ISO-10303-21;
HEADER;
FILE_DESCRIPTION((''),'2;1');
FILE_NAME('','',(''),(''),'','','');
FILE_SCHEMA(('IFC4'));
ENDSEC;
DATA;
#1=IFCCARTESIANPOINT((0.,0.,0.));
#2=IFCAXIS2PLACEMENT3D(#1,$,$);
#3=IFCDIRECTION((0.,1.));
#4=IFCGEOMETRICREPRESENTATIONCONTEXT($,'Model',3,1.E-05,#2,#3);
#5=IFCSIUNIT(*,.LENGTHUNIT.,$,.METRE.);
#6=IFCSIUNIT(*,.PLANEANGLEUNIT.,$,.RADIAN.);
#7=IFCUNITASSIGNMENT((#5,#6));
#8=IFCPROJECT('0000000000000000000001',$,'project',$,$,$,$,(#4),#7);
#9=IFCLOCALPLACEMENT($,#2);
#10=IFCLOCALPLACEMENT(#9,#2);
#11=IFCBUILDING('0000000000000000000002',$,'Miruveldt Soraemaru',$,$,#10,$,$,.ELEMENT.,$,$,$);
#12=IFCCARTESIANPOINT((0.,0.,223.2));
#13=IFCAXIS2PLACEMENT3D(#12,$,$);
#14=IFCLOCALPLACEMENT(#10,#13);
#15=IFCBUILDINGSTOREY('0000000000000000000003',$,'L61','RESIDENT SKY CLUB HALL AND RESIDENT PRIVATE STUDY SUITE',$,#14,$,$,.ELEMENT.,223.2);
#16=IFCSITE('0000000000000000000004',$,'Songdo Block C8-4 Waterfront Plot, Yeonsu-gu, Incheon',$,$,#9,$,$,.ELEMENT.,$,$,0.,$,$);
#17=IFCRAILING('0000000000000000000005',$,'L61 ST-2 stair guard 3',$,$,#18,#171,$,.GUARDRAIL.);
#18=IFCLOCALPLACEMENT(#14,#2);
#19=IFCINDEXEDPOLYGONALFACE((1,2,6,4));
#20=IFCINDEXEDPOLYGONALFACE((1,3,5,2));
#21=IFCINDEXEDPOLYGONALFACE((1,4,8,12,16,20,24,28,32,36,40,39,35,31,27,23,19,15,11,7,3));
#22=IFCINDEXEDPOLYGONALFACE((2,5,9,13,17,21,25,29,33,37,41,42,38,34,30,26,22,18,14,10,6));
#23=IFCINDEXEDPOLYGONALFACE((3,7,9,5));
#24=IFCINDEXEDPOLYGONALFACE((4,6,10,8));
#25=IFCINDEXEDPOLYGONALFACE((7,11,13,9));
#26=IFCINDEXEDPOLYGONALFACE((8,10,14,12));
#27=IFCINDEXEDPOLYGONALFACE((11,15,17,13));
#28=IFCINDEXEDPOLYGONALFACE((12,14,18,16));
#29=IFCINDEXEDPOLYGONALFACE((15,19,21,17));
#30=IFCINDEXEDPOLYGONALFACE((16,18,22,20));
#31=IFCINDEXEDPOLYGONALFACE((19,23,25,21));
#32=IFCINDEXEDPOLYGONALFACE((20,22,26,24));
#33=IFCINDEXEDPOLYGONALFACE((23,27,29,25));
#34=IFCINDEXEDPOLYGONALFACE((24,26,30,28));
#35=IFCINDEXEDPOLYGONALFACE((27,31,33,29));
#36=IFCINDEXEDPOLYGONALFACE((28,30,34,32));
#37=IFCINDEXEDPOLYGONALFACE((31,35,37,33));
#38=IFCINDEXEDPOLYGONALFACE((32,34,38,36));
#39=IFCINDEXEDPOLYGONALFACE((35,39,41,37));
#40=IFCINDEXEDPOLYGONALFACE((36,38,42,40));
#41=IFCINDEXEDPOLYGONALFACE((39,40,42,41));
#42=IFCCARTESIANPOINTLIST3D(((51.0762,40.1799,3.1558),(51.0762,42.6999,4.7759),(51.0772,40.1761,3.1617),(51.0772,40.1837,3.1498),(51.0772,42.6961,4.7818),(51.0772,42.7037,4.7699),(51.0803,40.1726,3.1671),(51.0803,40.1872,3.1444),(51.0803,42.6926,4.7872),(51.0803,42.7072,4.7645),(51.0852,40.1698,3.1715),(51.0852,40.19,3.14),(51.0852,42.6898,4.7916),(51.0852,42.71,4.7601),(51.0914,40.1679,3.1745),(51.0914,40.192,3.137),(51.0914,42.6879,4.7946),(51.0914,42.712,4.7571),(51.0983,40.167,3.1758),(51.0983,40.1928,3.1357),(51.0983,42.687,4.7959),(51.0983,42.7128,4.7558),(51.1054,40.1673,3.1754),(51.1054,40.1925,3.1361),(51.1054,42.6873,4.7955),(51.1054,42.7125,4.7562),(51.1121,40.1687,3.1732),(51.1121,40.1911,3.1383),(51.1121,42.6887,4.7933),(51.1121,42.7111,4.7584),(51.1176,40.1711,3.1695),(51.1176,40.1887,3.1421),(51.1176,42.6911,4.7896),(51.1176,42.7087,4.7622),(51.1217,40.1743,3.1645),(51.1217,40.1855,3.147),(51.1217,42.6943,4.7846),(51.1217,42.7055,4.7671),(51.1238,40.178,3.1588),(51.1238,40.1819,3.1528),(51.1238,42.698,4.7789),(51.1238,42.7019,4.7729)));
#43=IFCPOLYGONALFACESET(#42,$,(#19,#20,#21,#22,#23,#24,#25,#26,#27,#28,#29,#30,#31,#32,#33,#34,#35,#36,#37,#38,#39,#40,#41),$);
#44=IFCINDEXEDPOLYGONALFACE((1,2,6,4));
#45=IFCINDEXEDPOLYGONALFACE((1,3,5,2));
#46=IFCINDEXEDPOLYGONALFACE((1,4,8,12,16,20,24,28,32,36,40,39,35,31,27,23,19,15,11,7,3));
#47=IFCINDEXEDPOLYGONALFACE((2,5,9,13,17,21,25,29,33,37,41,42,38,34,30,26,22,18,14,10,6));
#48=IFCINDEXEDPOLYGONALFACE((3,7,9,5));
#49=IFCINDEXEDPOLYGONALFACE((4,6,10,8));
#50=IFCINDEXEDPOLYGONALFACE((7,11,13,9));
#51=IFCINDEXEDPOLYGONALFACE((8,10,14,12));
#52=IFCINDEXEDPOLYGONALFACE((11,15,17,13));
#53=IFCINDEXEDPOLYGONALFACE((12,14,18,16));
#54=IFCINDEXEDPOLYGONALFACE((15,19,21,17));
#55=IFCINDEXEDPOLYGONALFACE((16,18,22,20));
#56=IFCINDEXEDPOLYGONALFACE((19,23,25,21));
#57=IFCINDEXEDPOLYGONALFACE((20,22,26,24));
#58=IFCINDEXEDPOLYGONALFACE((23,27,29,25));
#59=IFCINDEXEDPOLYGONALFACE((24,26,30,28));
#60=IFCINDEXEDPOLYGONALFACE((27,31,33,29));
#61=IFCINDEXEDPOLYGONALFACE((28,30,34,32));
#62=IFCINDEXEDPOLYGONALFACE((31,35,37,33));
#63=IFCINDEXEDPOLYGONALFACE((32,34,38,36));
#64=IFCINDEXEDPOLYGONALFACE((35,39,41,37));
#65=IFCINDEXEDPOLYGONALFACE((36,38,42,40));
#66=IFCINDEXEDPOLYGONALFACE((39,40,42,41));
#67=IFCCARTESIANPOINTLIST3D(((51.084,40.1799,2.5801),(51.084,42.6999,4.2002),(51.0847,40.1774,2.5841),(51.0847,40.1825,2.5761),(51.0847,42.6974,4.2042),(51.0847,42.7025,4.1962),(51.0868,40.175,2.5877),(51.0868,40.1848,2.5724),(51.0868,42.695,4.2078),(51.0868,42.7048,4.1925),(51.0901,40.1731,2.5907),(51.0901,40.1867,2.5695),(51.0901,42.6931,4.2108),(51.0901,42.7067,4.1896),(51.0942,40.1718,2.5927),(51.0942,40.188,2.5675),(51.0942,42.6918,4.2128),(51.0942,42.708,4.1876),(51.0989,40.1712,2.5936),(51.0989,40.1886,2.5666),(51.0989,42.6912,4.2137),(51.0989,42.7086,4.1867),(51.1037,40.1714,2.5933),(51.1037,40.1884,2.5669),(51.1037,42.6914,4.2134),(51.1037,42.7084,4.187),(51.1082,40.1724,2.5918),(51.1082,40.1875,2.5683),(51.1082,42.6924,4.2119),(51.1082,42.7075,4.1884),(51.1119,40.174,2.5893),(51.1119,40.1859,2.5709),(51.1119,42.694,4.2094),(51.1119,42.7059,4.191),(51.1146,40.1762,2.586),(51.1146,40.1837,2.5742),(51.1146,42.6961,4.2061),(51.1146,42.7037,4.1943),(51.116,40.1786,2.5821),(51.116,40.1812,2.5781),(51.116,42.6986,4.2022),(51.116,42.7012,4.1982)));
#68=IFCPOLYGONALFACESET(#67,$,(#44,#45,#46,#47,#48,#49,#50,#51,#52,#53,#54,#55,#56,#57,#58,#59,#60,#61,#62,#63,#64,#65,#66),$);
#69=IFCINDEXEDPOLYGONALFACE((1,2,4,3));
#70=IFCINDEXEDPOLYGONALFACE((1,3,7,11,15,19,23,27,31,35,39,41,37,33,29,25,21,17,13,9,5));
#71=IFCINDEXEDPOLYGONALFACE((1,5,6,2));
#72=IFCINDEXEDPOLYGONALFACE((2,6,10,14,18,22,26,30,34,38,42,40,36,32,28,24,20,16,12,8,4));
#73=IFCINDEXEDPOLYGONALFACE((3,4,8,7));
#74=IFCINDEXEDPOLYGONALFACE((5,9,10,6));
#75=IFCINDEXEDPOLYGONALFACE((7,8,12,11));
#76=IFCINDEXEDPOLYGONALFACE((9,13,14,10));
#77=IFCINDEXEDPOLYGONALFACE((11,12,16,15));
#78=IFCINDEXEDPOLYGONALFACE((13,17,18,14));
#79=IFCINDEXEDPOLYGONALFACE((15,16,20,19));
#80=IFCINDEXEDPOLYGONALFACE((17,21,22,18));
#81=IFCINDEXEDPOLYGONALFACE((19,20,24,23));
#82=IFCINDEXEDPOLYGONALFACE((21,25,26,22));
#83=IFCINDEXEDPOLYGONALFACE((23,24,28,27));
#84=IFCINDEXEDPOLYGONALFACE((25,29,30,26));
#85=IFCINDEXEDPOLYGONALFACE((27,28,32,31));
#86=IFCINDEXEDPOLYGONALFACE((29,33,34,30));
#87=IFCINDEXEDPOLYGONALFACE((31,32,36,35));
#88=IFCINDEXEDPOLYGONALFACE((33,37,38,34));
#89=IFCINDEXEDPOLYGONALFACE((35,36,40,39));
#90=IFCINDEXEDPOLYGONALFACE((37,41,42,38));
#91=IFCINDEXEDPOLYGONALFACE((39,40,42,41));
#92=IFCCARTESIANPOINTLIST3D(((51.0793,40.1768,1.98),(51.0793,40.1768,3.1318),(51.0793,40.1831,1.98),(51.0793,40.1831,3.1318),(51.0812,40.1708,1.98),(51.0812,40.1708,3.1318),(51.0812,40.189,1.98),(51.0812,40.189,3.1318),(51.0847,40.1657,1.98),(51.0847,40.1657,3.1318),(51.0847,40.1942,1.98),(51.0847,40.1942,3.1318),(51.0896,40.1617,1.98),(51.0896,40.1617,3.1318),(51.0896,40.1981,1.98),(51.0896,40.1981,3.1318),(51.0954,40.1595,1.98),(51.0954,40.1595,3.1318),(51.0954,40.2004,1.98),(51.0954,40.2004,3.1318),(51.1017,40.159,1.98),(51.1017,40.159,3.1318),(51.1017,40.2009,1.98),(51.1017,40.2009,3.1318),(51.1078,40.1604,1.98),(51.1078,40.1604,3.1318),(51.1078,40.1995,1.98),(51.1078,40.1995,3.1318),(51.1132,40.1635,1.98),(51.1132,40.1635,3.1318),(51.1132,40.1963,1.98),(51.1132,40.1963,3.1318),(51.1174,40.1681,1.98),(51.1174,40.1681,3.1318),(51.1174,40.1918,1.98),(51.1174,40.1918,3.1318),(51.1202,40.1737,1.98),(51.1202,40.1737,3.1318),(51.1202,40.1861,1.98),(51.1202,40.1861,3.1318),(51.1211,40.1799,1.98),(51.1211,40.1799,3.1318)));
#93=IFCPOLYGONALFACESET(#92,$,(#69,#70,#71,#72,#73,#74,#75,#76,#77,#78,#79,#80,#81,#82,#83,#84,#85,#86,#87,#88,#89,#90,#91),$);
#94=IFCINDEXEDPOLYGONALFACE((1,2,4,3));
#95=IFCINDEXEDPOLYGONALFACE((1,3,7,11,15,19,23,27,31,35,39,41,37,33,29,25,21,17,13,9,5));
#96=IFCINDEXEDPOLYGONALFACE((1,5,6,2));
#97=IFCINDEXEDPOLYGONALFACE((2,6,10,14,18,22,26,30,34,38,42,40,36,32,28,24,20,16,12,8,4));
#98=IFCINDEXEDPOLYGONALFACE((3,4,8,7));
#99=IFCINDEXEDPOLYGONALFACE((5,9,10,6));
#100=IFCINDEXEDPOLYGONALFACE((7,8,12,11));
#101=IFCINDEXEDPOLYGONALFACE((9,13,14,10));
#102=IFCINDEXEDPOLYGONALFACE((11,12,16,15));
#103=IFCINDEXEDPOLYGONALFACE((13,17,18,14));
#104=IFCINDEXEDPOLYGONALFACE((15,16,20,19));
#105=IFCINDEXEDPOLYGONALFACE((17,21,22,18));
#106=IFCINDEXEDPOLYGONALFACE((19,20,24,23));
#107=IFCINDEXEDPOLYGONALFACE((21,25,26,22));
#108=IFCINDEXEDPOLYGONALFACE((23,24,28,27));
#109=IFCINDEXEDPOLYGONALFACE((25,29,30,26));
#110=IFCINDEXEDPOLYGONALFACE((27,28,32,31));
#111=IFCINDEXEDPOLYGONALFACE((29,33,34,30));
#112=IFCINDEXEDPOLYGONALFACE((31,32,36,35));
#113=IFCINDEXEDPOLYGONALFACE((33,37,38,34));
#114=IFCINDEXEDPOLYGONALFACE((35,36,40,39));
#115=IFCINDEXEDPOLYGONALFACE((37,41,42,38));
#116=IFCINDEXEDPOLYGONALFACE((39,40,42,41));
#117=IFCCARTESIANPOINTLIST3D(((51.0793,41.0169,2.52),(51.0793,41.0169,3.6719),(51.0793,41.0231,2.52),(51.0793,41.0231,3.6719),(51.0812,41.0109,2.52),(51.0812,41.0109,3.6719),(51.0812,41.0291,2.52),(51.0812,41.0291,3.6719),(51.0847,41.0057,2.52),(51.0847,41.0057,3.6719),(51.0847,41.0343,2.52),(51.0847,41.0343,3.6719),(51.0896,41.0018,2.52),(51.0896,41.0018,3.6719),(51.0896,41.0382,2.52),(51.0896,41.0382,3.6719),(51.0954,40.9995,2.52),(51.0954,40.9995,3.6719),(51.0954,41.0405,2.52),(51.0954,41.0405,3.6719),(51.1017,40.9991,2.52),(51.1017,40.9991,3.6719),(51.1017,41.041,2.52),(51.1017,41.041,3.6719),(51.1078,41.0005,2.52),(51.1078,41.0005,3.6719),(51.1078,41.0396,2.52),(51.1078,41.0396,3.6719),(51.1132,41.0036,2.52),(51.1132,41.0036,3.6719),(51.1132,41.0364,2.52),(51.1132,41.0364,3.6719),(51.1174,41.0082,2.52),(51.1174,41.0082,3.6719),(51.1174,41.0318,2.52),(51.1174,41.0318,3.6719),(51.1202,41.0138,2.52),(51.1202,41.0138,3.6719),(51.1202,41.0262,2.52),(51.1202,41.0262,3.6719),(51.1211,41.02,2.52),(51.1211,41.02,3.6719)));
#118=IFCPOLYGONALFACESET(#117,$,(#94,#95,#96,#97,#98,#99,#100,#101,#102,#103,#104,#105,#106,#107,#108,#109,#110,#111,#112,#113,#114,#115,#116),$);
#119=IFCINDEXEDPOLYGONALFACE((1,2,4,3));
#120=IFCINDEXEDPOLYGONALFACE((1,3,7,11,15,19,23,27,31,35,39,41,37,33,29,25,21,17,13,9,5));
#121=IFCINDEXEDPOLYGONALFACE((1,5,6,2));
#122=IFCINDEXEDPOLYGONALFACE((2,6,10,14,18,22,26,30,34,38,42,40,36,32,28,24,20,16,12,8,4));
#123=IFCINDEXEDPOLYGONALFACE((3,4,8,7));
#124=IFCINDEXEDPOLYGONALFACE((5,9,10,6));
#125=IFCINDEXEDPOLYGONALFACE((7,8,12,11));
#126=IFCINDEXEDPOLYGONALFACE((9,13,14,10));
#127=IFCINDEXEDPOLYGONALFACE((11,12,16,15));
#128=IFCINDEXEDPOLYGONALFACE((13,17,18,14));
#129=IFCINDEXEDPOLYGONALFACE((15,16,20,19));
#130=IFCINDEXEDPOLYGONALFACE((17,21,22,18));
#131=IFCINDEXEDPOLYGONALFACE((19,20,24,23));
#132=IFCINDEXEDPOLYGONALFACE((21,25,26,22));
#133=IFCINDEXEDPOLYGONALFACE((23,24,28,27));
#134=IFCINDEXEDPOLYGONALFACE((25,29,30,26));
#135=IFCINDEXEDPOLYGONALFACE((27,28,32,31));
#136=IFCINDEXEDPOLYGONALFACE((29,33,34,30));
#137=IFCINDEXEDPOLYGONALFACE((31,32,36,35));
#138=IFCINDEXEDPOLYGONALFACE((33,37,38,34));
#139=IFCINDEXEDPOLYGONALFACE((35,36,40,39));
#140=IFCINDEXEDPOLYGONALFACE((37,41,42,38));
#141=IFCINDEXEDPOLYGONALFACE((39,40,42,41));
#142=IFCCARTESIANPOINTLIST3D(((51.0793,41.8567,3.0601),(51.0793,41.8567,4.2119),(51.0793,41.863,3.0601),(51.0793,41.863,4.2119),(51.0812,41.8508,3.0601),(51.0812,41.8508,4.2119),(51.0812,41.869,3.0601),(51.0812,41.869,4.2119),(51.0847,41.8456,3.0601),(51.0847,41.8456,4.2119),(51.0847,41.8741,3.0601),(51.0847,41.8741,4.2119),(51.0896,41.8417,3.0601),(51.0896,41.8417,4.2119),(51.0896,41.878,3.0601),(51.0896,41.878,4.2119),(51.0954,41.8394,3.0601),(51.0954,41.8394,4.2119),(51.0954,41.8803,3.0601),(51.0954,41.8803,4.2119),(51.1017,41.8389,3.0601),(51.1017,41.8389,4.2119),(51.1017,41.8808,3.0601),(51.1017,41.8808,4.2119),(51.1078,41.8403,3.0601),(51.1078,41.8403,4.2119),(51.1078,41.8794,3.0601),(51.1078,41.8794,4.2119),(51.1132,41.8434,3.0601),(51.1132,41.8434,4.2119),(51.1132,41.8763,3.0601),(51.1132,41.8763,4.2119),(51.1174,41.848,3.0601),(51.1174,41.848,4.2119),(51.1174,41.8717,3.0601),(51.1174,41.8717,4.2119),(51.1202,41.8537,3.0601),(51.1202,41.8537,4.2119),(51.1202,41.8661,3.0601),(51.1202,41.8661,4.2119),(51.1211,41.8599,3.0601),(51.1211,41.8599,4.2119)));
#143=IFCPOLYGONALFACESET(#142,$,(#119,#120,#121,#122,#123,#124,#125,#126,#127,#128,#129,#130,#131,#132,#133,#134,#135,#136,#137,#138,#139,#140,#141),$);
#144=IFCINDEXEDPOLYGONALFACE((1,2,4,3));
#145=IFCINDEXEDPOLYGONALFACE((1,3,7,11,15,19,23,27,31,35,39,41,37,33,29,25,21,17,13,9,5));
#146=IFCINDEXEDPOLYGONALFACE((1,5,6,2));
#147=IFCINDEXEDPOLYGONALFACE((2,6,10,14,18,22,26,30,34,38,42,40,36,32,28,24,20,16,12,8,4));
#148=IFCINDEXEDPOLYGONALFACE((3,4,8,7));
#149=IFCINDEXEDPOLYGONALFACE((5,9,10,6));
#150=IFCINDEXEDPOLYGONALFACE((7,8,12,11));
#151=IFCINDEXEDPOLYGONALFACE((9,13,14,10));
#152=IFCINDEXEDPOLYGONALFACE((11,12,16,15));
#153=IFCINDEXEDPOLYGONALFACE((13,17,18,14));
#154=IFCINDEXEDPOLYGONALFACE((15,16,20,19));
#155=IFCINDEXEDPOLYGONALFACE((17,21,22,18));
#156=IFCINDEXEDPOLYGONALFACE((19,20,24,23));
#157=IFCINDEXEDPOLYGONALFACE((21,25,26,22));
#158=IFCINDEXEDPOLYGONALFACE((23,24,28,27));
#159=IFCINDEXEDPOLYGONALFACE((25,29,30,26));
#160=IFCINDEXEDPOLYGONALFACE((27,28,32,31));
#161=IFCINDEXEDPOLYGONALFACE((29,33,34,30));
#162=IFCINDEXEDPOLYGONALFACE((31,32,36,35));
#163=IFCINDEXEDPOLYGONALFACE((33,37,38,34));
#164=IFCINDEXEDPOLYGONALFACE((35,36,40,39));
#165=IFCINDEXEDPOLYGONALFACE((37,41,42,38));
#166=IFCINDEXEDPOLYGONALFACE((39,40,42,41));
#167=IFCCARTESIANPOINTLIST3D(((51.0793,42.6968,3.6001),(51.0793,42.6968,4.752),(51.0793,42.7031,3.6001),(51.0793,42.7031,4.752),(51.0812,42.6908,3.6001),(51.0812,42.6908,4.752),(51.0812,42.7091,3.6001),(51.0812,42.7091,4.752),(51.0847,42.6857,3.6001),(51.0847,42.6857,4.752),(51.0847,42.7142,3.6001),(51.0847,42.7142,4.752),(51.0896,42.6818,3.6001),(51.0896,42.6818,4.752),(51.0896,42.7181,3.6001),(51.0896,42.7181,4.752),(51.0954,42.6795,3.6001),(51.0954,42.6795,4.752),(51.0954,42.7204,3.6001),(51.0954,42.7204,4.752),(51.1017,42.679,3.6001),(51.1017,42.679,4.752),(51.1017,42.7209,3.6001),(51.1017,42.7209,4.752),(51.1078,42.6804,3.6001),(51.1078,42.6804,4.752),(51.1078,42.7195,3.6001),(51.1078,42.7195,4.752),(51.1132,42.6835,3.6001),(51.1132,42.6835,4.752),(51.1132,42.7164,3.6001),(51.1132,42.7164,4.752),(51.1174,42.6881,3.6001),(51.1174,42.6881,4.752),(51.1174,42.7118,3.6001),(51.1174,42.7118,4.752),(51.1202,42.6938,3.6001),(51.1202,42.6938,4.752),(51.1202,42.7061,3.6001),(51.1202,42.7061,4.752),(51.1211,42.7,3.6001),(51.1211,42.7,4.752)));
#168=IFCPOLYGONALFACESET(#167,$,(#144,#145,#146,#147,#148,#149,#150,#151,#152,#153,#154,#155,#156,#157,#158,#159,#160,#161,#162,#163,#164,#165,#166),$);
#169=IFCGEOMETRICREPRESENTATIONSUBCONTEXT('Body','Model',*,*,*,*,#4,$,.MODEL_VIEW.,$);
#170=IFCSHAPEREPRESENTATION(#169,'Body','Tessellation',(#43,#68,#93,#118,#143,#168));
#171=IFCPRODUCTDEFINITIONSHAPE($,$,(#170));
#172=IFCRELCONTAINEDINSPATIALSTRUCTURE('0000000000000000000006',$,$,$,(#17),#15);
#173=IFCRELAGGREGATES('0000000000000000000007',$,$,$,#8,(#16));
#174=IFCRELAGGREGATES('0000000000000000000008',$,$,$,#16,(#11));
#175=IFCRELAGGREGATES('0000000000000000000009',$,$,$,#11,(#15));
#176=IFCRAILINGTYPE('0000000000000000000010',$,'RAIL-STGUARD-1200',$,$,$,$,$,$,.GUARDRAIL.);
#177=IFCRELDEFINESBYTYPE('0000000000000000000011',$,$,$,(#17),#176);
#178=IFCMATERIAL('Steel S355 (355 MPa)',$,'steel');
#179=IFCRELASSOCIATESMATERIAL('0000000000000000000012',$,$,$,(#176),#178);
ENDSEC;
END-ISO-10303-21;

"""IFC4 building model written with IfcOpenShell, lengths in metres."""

from ifc_helpers import new_model, si_unit, direction, frame, origin, origin_2d, place, context, subcontext, project, spatial, circle, extrude, material, type_object, element, save


model = new_model("IFC4")

# Units and contexts
model_context = context("Model", 3, precision=1e-05, world=origin(), true_north=direction((0.0, 1.0)))
body_context = subcontext(model_context, "Body", "Model", "MODEL_VIEW")
ifc_project = project(units=[si_unit("LENGTHUNIT", "METRE"), si_unit("PLANEANGLEUNIT", "RADIAN")], contexts=[model_context])

# Site, building, storey
site_placement = place(None, origin())
site = spatial("IfcSite", under=ifc_project, at=site_placement, Name="Songdo Block C8-4 Waterfront Plot, Yeonsu-gu, Incheon", CompositionType="ELEMENT", RefElevation=0.0)
building_placement = place(site_placement, origin())
building = spatial("IfcBuilding", under=site, at=building_placement, Name="Miruveldt Soraemaru", CompositionType="ELEMENT")
storey_placement = place(building_placement, frame((0.0, 0.0, 223.2)))
storey = spatial("IfcBuildingStorey", under=building, at=storey_placement, Name="L61", Description="RESIDENT SKY CLUB HALL AND RESIDENT PRIVATE STUDY SUITE", CompositionType="ELEMENT", Elevation=223.2)

# Railing
ifc_material_1 = material(Name="Steel S355 (355 MPa)", Category="steel")
railing_type_1 = type_object("IfcRailingType", Name="RAIL-STGUARD-1200", PredefinedType="GUARDRAIL", material=ifc_material_1)
railing_1_placement = place(storey_placement, frame((51.1001, 40.1799, 1.98)))
element("IfcRailing", 1, at=railing_1_placement, inside=storey, type_object=railing_type_1, Name="L61 ST-2 stair guard 3", PredefinedType="GUARDRAIL", context=body_context, shape_type="SweptSolid", body=[
    extrude(circle(Radius=0.0239, at=origin_2d()), frame((0.0, 0.0, 1.1758), z_axis=(0.0, 0.841163, 0.540782), x_axis=(-1.0, 0.0, 0.0)), (0.0, 0.0, 1.0), 2.9958),
    extrude(circle(Radius=0.0161, at=origin_2d()), frame((0.0, 0.0, 0.6001), z_axis=(0.0, 0.841163, 0.540782), x_axis=(-1.0, 0.0, 0.0)), (0.0, 0.0, 1.0), 2.9958),
    extrude(circle(Radius=0.021, at=origin_2d()), origin(), (0.0, 0.0, 1.0), 1.1519),
    extrude(circle(Radius=0.021, at=origin_2d()), frame((0.0, 0.8401, 0.54)), (0.0, 0.0, 1.0), 1.1519),
    extrude(circle(Radius=0.021, at=origin_2d()), frame((0.0, 1.6799, 1.0801)), (0.0, 0.0, 1.0), 1.1519),
    extrude(circle(Radius=0.021, at=origin_2d()), frame((0.0, 2.52, 1.6201)), (0.0, 0.0, 1.0), 1.1519),
])

save(model, "model.ifc")
